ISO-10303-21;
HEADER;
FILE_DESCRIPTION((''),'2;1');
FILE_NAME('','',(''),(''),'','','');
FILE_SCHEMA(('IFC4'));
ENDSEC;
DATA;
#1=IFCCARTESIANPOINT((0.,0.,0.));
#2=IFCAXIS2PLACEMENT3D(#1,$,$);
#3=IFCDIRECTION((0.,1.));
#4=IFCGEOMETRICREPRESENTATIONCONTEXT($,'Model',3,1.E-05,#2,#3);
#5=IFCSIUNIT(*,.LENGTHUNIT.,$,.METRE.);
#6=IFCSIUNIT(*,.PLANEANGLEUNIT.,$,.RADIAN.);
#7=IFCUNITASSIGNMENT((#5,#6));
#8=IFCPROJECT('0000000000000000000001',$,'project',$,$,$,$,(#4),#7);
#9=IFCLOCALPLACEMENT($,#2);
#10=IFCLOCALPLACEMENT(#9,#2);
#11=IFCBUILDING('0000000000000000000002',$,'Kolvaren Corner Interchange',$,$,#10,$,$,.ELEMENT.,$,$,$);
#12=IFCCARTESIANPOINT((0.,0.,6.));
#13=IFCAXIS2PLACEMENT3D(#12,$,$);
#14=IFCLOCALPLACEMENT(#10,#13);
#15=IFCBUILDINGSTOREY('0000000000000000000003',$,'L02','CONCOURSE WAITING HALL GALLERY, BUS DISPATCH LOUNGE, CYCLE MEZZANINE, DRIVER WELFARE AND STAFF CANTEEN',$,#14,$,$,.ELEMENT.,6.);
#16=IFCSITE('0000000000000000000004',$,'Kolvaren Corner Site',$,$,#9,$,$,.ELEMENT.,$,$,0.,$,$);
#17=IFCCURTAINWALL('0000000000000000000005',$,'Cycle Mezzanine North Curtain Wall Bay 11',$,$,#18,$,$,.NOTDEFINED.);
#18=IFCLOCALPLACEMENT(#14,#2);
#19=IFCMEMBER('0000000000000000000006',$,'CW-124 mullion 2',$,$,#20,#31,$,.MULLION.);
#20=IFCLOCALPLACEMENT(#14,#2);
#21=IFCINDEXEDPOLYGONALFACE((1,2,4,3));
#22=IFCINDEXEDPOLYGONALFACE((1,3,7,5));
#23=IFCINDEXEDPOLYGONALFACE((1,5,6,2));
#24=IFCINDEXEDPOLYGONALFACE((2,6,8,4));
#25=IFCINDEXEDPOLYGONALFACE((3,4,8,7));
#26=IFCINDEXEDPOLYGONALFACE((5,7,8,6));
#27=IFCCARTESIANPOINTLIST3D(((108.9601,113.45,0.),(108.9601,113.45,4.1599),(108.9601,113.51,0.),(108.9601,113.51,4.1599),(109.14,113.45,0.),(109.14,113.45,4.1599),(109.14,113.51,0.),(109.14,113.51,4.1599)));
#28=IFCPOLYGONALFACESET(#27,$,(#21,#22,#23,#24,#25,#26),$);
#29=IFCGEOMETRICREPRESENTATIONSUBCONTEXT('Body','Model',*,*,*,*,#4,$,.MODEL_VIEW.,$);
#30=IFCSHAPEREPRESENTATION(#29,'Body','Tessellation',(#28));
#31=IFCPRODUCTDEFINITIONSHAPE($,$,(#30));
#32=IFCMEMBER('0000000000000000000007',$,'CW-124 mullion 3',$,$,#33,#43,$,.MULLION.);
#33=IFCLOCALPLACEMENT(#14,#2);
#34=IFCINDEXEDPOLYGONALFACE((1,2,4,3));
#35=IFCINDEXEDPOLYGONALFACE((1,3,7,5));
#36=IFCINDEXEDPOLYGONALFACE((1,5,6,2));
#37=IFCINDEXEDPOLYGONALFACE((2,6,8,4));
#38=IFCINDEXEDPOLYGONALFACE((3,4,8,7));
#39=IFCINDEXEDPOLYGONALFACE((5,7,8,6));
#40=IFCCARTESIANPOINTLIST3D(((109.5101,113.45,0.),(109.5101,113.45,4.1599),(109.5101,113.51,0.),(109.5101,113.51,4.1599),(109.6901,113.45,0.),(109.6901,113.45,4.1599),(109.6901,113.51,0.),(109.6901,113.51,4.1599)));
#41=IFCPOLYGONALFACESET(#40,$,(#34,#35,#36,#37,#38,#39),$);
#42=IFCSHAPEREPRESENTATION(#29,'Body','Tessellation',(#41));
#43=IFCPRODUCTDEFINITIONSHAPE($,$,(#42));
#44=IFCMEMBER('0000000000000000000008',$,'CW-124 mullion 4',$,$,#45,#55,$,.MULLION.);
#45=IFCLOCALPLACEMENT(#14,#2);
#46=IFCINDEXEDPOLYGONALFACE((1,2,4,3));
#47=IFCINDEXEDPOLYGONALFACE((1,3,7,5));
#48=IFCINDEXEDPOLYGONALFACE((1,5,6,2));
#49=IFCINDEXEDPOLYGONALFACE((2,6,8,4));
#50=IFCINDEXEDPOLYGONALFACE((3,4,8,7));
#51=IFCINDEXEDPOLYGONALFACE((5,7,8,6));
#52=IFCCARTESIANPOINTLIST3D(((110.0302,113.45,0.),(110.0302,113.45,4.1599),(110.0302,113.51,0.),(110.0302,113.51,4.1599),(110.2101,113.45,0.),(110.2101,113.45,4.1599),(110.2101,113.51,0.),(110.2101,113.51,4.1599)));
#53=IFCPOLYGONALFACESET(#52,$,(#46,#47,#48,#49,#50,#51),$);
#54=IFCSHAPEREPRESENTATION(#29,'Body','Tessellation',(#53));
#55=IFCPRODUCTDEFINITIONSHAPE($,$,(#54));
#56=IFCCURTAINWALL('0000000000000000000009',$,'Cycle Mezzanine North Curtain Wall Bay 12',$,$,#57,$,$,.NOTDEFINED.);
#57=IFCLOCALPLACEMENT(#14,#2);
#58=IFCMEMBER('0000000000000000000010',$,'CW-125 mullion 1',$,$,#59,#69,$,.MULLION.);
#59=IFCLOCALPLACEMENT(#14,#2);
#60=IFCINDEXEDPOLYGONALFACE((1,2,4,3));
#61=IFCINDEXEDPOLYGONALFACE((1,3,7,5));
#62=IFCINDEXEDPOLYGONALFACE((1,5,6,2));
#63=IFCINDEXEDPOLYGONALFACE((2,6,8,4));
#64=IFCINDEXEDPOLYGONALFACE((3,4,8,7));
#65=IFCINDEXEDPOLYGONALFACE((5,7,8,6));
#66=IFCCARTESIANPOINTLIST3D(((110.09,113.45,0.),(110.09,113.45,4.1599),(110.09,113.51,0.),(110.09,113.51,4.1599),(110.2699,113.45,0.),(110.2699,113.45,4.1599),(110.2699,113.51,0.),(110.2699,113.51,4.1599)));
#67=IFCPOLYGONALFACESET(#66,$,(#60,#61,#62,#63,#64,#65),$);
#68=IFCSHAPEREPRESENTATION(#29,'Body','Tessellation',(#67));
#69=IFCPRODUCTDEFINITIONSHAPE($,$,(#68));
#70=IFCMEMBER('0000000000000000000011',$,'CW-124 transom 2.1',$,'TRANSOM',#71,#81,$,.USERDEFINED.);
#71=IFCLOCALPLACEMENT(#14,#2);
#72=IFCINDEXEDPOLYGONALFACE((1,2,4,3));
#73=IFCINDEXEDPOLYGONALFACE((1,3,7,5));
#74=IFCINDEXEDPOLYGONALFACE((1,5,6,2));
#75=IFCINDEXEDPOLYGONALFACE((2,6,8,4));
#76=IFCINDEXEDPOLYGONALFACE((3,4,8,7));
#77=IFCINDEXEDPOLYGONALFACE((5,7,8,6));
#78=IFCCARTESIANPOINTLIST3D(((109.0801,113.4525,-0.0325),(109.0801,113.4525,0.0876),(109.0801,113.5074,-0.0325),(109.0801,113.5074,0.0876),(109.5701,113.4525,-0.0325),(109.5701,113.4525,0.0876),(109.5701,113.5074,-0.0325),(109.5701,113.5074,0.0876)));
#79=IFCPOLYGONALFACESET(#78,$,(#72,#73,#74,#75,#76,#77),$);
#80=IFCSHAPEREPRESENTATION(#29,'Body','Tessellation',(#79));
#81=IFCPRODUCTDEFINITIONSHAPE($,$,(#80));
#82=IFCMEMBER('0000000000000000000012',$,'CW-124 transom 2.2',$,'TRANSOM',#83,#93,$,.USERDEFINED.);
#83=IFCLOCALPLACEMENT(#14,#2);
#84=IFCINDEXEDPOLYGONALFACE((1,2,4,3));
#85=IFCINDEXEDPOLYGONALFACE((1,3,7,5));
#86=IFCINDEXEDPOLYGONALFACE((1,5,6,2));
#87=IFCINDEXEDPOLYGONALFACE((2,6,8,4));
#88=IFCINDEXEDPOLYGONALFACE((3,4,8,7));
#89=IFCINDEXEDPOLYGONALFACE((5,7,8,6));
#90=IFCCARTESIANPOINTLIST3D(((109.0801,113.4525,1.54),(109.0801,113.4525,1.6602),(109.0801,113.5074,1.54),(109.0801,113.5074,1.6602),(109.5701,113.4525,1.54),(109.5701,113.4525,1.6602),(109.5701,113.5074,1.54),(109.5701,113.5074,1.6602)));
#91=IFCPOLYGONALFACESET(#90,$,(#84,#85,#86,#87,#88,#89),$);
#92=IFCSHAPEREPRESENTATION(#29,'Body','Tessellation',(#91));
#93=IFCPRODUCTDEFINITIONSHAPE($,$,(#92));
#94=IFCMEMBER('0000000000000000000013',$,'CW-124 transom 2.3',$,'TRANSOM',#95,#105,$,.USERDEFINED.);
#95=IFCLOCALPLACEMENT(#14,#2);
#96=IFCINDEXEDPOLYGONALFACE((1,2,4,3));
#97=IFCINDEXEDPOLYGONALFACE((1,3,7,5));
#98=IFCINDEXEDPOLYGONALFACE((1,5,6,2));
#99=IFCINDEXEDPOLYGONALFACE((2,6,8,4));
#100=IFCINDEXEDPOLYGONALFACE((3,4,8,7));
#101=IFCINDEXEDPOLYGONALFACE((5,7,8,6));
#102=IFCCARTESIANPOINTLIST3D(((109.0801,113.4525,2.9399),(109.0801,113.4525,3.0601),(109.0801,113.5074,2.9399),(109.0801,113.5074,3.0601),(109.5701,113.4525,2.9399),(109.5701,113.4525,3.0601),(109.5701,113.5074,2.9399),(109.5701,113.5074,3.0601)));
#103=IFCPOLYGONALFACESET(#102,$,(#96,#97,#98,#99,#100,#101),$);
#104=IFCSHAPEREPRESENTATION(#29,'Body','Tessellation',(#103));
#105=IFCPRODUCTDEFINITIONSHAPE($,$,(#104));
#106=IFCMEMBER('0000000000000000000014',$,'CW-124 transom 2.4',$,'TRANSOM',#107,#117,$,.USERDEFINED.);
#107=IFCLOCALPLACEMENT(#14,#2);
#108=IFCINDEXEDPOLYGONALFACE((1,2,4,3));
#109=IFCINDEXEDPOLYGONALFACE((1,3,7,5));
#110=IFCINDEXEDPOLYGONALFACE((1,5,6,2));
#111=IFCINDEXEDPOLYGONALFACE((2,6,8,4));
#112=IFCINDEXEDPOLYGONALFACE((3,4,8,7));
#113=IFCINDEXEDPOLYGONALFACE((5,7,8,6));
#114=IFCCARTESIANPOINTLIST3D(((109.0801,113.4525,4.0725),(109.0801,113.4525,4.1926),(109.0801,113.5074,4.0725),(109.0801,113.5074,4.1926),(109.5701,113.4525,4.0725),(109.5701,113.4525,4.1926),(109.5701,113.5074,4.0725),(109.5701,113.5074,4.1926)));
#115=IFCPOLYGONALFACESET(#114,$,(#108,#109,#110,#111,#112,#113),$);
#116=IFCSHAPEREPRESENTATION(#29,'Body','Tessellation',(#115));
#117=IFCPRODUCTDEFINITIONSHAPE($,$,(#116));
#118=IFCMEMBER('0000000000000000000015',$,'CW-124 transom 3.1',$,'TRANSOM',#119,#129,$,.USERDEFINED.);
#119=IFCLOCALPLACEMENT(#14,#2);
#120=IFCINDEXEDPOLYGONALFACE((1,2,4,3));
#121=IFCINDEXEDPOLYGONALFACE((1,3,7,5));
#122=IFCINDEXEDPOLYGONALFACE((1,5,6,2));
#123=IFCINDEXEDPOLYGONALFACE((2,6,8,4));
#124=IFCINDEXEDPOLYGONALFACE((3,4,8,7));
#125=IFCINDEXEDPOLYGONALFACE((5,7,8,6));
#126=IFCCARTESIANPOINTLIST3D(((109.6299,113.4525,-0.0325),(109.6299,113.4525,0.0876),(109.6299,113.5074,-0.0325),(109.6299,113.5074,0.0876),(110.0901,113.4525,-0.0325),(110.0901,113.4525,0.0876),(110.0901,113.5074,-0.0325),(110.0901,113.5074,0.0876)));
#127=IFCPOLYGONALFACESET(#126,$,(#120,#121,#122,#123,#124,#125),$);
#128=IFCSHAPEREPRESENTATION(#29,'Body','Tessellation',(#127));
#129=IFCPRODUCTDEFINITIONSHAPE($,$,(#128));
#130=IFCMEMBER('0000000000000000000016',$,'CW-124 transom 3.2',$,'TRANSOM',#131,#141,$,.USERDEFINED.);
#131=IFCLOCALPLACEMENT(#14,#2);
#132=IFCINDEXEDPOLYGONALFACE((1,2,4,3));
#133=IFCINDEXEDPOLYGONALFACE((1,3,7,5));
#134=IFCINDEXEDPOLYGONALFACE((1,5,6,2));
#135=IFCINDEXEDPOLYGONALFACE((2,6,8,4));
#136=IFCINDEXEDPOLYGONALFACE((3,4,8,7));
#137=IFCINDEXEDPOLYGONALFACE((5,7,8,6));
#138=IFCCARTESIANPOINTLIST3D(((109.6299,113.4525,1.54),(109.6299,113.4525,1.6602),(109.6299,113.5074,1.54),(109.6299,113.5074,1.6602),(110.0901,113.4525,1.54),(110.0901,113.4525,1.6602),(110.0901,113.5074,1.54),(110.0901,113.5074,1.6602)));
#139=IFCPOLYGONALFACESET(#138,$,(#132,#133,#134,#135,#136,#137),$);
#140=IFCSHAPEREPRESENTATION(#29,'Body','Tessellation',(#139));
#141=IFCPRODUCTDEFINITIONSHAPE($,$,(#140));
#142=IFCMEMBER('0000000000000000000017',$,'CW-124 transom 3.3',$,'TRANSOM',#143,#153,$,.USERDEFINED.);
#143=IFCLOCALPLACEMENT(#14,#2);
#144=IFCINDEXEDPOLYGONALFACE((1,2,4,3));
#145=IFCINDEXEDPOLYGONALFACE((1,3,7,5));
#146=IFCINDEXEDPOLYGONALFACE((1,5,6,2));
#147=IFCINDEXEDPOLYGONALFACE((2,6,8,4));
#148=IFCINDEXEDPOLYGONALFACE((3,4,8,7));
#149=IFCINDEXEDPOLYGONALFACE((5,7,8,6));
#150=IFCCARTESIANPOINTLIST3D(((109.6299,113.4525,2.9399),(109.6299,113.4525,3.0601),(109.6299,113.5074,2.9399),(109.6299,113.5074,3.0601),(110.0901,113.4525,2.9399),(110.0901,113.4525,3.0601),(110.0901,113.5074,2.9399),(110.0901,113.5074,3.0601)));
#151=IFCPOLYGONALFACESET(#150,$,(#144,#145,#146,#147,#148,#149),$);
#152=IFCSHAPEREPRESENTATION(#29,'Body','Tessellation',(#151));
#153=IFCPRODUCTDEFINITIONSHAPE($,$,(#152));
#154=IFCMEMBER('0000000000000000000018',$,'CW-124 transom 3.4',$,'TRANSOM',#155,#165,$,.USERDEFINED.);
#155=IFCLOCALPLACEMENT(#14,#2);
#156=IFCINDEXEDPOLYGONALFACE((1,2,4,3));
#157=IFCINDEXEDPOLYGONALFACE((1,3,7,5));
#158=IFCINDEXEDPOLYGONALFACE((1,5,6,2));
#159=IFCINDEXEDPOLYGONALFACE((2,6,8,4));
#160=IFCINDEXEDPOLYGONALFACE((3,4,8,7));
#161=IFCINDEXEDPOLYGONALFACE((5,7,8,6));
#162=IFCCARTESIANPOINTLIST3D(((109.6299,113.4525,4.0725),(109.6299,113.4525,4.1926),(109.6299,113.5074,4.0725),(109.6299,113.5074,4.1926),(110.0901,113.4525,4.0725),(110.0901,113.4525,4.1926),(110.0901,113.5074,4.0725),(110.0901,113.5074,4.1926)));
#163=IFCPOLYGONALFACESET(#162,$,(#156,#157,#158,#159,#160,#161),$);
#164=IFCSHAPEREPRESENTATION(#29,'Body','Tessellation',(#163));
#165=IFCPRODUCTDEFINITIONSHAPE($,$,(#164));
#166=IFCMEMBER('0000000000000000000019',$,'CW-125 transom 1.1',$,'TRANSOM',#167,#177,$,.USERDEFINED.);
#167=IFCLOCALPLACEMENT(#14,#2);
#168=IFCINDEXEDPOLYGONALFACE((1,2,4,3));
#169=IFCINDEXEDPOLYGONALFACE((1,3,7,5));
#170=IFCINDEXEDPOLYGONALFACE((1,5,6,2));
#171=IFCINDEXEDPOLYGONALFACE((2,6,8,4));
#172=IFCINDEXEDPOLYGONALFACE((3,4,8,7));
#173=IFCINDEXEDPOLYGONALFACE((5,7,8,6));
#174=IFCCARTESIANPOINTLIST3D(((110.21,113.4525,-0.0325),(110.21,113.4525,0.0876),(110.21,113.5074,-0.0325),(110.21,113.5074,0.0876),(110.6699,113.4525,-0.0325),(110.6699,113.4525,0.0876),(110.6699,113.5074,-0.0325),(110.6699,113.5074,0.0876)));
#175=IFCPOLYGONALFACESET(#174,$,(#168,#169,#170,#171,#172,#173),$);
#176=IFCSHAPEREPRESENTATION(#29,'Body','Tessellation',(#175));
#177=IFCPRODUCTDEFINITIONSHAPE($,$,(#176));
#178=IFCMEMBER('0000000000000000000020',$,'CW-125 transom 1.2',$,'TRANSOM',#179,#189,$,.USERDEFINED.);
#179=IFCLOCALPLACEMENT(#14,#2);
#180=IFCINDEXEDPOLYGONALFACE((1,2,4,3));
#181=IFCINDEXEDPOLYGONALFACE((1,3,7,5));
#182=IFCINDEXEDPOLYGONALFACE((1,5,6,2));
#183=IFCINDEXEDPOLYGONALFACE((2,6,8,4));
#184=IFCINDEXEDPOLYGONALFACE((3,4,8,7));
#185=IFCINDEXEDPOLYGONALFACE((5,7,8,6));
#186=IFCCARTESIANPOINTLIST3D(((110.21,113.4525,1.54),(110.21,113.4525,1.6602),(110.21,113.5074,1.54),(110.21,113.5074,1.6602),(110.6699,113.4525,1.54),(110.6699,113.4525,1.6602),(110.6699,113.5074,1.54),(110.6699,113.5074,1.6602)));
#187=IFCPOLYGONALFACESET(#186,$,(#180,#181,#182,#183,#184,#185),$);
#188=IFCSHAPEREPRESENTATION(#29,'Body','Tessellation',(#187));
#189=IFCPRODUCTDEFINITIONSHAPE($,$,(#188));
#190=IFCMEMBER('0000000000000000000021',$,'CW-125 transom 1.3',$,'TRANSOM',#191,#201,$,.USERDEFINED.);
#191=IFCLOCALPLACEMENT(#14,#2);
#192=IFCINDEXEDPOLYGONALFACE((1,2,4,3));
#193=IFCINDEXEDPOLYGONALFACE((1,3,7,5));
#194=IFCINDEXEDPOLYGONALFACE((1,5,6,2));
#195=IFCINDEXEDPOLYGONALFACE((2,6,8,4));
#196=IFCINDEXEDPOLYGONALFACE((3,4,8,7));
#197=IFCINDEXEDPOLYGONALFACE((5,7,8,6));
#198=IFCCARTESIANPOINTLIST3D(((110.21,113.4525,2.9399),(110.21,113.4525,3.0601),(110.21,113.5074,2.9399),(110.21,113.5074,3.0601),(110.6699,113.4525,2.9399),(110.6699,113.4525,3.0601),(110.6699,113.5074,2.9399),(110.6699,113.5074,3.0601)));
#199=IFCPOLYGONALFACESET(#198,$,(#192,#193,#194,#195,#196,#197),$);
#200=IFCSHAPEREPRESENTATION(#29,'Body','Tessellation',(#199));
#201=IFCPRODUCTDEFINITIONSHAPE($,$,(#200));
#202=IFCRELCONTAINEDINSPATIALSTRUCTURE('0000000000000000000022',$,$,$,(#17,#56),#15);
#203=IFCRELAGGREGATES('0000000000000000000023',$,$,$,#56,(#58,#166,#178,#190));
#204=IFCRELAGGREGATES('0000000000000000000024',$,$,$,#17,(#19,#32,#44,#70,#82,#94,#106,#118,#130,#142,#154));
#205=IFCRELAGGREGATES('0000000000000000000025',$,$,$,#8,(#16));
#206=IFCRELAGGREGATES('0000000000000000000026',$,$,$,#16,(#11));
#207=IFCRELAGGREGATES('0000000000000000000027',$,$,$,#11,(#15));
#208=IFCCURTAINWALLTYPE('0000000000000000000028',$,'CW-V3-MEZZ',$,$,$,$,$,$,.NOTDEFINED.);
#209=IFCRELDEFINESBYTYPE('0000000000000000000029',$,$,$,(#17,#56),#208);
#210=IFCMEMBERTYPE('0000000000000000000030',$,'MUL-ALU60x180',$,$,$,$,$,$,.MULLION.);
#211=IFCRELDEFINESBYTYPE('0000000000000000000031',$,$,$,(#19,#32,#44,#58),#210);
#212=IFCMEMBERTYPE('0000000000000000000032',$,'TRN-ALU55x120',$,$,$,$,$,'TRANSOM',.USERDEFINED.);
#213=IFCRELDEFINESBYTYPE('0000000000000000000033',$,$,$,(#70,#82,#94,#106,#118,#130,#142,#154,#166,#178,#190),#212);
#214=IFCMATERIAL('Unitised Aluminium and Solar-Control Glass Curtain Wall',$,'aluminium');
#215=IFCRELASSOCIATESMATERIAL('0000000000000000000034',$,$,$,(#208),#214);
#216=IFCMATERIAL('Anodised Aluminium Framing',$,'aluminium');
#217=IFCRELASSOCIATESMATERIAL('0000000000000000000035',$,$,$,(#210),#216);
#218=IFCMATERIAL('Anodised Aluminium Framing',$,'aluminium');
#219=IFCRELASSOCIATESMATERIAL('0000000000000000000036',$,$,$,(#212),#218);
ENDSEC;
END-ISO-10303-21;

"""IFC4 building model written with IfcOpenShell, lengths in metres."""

from ifc_helpers import new_model, si_unit, direction, frame, origin, origin_2d, place, context, subcontext, project, spatial, rectangle, extrude, material, material_profile, profile_set, type_object, element, aggregate, save


model = new_model("IFC4")

# Units and contexts
model_context = context("Model", 3, precision=1e-05, world=origin(), true_north=direction((0.0, 1.0)))
body_context = subcontext(model_context, "Body", "Model", "MODEL_VIEW")
ifc_project = project(units=[si_unit("LENGTHUNIT", "METRE"), si_unit("PLANEANGLEUNIT", "RADIAN")], contexts=[model_context])

# Site, building, storey
site_placement = place(None, origin())
site = spatial("IfcSite", under=ifc_project, at=site_placement, Name="Kolvaren Corner Site", CompositionType="ELEMENT", RefElevation=0.0)
building_placement = place(site_placement, origin())
building = spatial("IfcBuilding", under=site, at=building_placement, Name="Kolvaren Corner Interchange", CompositionType="ELEMENT")
storey_placement = place(building_placement, frame((0.0, 0.0, 6.0)))
storey = spatial("IfcBuildingStorey", under=building, at=storey_placement, Name="L02", Description="CONCOURSE WAITING HALL GALLERY, BUS DISPATCH LOUNGE, CYCLE MEZZANINE, DRIVER WELFARE AND STAFF CANTEEN", CompositionType="ELEMENT", Elevation=6.0)

# Curtain wall, members
ifc_material_1 = material(Name="Unitised Aluminium and Solar-Control Glass Curtain Wall", Category="aluminium")
curtain_wall_type = type_object("IfcCurtainWallType", Name="CW-V3-MEZZ", PredefinedType="NOTDEFINED", material=ifc_material_1)
curtain_wall_1_placement = place(storey_placement, origin())
curtain_wall_1 = element("IfcCurtainWall", 1, at=curtain_wall_1_placement, inside=storey, type_object=curtain_wall_type, Name="Cycle Mezzanine North Curtain Wall Bay 11", PredefinedType="NOTDEFINED")
ifc_material_2 = material(Name="Anodised Aluminium Framing", Category="aluminium")
ifc_material_profile_1 = material_profile(ifc_material_2, rectangle(XDim=0.0601, YDim=0.1799, at=origin_2d()), Name="ALU 60x180")
ifc_profile_set_1 = profile_set([ifc_material_profile_1], Name="Anodised Aluminium Framing")
member_type_1 = type_object("IfcMemberType", Name="MUL-ALU60x180", PredefinedType="MULLION", material=ifc_profile_set_1)
member_1_placement = place(storey_placement, frame((109.05, 113.48, 0.0), z_axis=(0.0, 0.0, 1.0), x_axis=(0.0, 1.0, 0.0)))
member_1 = element("IfcMember", 2, at=member_1_placement, type_object=member_type_1, Name="CW-124 mullion 2", PredefinedType="MULLION", context=body_context, shape_type="SweptSolid", body=[
    extrude(rectangle(XDim=0.0601, YDim=0.1799, at=origin_2d()), origin(), (0.0, 0.0, 1.0), 4.1599),
])
member_2_placement = place(storey_placement, frame((109.6001, 113.48, 0.0), z_axis=(0.0, 0.0, 1.0), x_axis=(0.0, 1.0, 0.0)))
member_2 = element("IfcMember", 3, at=member_2_placement, type_object=member_type_1, Name="CW-124 mullion 3", PredefinedType="MULLION", context=body_context, shape_type="SweptSolid", body=[
    extrude(rectangle(XDim=0.0601, YDim=0.1799, at=origin_2d()), origin(), (0.0, 0.0, 1.0), 4.1599),
])
member_3_placement = place(storey_placement, frame((110.1201, 113.48, 0.0), z_axis=(0.0, 0.0, 1.0), x_axis=(0.0, 1.0, 0.0)))
member_3 = element("IfcMember", 4, at=member_3_placement, type_object=member_type_1, Name="CW-124 mullion 4", PredefinedType="MULLION", context=body_context, shape_type="SweptSolid", body=[
    extrude(rectangle(XDim=0.0601, YDim=0.1799, at=origin_2d()), origin(), (0.0, 0.0, 1.0), 4.1599),
])

# Curtain wall, member
curtain_wall_2_placement = place(storey_placement, origin())
curtain_wall_2 = element("IfcCurtainWall", 5, at=curtain_wall_2_placement, inside=storey, type_object=curtain_wall_type, Name="Cycle Mezzanine North Curtain Wall Bay 12", PredefinedType="NOTDEFINED")
member_4_placement = place(storey_placement, frame((110.1799, 113.48, 0.0), z_axis=(0.0, 0.0, 1.0), x_axis=(0.0, 1.0, 0.0)))
member_4 = element("IfcMember", 6, at=member_4_placement, type_object=member_type_1, Name="CW-125 mullion 1", PredefinedType="MULLION", context=body_context, shape_type="SweptSolid", body=[
    extrude(rectangle(XDim=0.0601, YDim=0.1799, at=origin_2d()), origin(), (0.0, 0.0, 1.0), 4.1599),
])

# Members
ifc_material_3 = material(Name="Anodised Aluminium Framing", Category="aluminium")
ifc_material_profile_2 = material_profile(ifc_material_3, rectangle(XDim=0.0549, YDim=0.1201, at=origin_2d()), Name="ALU 55x120")
ifc_profile_set_2 = profile_set([ifc_material_profile_2], Name="Anodised Aluminium Framing")
member_type_2 = type_object("IfcMemberType", Name="TRN-ALU55x120", ElementType="TRANSOM", PredefinedType="USERDEFINED", material=ifc_profile_set_2)
member_5_placement = place(storey_placement, frame((109.0801, 113.48, 0.0276), z_axis=(1.0, 0.0, 0.0), x_axis=(0.0, 1.0, 0.0)))
member_5 = element("IfcMember", 7, at=member_5_placement, type_object=member_type_2, Name="CW-124 transom 2.1", ObjectType="TRANSOM", PredefinedType="USERDEFINED", context=body_context, shape_type="SweptSolid", body=[
    extrude(rectangle(XDim=0.0549, YDim=0.1201, at=origin_2d()), origin(), (0.0, 0.0, 1.0), 0.49),
])
member_6_placement = place(storey_placement, frame((109.0801, 113.48, 1.6001), z_axis=(1.0, 0.0, 0.0), x_axis=(0.0, 1.0, 0.0)))
member_6 = element("IfcMember", 8, at=member_6_placement, type_object=member_type_2, Name="CW-124 transom 2.2", ObjectType="TRANSOM", PredefinedType="USERDEFINED", context=body_context, shape_type="SweptSolid", body=[
    extrude(rectangle(XDim=0.0549, YDim=0.1201, at=origin_2d()), origin(), (0.0, 0.0, 1.0), 0.49),
])
member_7_placement = place(storey_placement, frame((109.0801, 113.48, 3.0), z_axis=(1.0, 0.0, 0.0), x_axis=(0.0, 1.0, 0.0)))
member_7 = element("IfcMember", 9, at=member_7_placement, type_object=member_type_2, Name="CW-124 transom 2.3", ObjectType="TRANSOM", PredefinedType="USERDEFINED", context=body_context, shape_type="SweptSolid", body=[
    extrude(rectangle(XDim=0.0549, YDim=0.1201, at=origin_2d()), origin(), (0.0, 0.0, 1.0), 0.49),
])
member_8_placement = place(storey_placement, frame((109.0801, 113.48, 4.1326), z_axis=(1.0, 0.0, 0.0), x_axis=(0.0, 1.0, 0.0)))
member_8 = element("IfcMember", 10, at=member_8_placement, type_object=member_type_2, Name="CW-124 transom 2.4", ObjectType="TRANSOM", PredefinedType="USERDEFINED", context=body_context, shape_type="SweptSolid", body=[
    extrude(rectangle(XDim=0.0549, YDim=0.1201, at=origin_2d()), origin(), (0.0, 0.0, 1.0), 0.49),
])
member_9_placement = place(storey_placement, frame((109.6299, 113.48, 0.0276), z_axis=(1.0, 0.0, 0.0), x_axis=(0.0, 1.0, 0.0)))
member_9 = element("IfcMember", 11, at=member_9_placement, type_object=member_type_2, Name="CW-124 transom 3.1", ObjectType="TRANSOM", PredefinedType="USERDEFINED", context=body_context, shape_type="SweptSolid", body=[
    extrude(rectangle(XDim=0.0549, YDim=0.1201, at=origin_2d()), origin(), (0.0, 0.0, 1.0), 0.4602),
])
member_10_placement = place(storey_placement, frame((109.6299, 113.48, 1.6001), z_axis=(1.0, 0.0, 0.0), x_axis=(0.0, 1.0, 0.0)))
member_10 = element("IfcMember", 12, at=member_10_placement, type_object=member_type_2, Name="CW-124 transom 3.2", ObjectType="TRANSOM", PredefinedType="USERDEFINED", context=body_context, shape_type="SweptSolid", body=[
    extrude(rectangle(XDim=0.0549, YDim=0.1201, at=origin_2d()), origin(), (0.0, 0.0, 1.0), 0.4602),
])
member_11_placement = place(storey_placement, frame((109.6299, 113.48, 3.0), z_axis=(1.0, 0.0, 0.0), x_axis=(0.0, 1.0, 0.0)))
member_11 = element("IfcMember", 13, at=member_11_placement, type_object=member_type_2, Name="CW-124 transom 3.3", ObjectType="TRANSOM", PredefinedType="USERDEFINED", context=body_context, shape_type="SweptSolid", body=[
    extrude(rectangle(XDim=0.0549, YDim=0.1201, at=origin_2d()), origin(), (0.0, 0.0, 1.0), 0.4602),
])
member_12_placement = place(storey_placement, frame((109.6299, 113.48, 4.1326), z_axis=(1.0, 0.0, 0.0), x_axis=(0.0, 1.0, 0.0)))
member_12 = element("IfcMember", 14, at=member_12_placement, type_object=member_type_2, Name="CW-124 transom 3.4", ObjectType="TRANSOM", PredefinedType="USERDEFINED", context=body_context, shape_type="SweptSolid", body=[
    extrude(rectangle(XDim=0.0549, YDim=0.1201, at=origin_2d()), origin(), (0.0, 0.0, 1.0), 0.4602),
])
member_13_placement = place(storey_placement, frame((110.21, 113.48, 0.0276), z_axis=(1.0, 0.0, 0.0), x_axis=(0.0, 1.0, 0.0)))
member_13 = element("IfcMember", 15, at=member_13_placement, type_object=member_type_2, Name="CW-125 transom 1.1", ObjectType="TRANSOM", PredefinedType="USERDEFINED", context=body_context, shape_type="SweptSolid", body=[
    extrude(rectangle(XDim=0.0549, YDim=0.1201, at=origin_2d()), origin(), (0.0, 0.0, 1.0), 0.46),
])
member_14_placement = place(storey_placement, frame((110.21, 113.48, 1.6001), z_axis=(1.0, 0.0, 0.0), x_axis=(0.0, 1.0, 0.0)))
member_14 = element("IfcMember", 16, at=member_14_placement, type_object=member_type_2, Name="CW-125 transom 1.2", ObjectType="TRANSOM", PredefinedType="USERDEFINED", context=body_context, shape_type="SweptSolid", body=[
    extrude(rectangle(XDim=0.0549, YDim=0.1201, at=origin_2d()), origin(), (0.0, 0.0, 1.0), 0.46),
])
member_15_placement = place(storey_placement, frame((110.21, 113.48, 3.0), z_axis=(1.0, 0.0, 0.0), x_axis=(0.0, 1.0, 0.0)))
member_15 = element("IfcMember", 17, at=member_15_placement, type_object=member_type_2, Name="CW-125 transom 1.3", ObjectType="TRANSOM", PredefinedType="USERDEFINED", context=body_context, shape_type="SweptSolid", body=[
    extrude(rectangle(XDim=0.0549, YDim=0.1201, at=origin_2d()), origin(), (0.0, 0.0, 1.0), 0.46),
])
aggregate(curtain_wall_2, [member_4, member_13, member_14, member_15])

aggregate(curtain_wall_1, [member_1, member_2, member_3, member_5, member_6, member_7, member_8, member_9, member_10, member_11, member_12])

save(model, "model.ifc")
